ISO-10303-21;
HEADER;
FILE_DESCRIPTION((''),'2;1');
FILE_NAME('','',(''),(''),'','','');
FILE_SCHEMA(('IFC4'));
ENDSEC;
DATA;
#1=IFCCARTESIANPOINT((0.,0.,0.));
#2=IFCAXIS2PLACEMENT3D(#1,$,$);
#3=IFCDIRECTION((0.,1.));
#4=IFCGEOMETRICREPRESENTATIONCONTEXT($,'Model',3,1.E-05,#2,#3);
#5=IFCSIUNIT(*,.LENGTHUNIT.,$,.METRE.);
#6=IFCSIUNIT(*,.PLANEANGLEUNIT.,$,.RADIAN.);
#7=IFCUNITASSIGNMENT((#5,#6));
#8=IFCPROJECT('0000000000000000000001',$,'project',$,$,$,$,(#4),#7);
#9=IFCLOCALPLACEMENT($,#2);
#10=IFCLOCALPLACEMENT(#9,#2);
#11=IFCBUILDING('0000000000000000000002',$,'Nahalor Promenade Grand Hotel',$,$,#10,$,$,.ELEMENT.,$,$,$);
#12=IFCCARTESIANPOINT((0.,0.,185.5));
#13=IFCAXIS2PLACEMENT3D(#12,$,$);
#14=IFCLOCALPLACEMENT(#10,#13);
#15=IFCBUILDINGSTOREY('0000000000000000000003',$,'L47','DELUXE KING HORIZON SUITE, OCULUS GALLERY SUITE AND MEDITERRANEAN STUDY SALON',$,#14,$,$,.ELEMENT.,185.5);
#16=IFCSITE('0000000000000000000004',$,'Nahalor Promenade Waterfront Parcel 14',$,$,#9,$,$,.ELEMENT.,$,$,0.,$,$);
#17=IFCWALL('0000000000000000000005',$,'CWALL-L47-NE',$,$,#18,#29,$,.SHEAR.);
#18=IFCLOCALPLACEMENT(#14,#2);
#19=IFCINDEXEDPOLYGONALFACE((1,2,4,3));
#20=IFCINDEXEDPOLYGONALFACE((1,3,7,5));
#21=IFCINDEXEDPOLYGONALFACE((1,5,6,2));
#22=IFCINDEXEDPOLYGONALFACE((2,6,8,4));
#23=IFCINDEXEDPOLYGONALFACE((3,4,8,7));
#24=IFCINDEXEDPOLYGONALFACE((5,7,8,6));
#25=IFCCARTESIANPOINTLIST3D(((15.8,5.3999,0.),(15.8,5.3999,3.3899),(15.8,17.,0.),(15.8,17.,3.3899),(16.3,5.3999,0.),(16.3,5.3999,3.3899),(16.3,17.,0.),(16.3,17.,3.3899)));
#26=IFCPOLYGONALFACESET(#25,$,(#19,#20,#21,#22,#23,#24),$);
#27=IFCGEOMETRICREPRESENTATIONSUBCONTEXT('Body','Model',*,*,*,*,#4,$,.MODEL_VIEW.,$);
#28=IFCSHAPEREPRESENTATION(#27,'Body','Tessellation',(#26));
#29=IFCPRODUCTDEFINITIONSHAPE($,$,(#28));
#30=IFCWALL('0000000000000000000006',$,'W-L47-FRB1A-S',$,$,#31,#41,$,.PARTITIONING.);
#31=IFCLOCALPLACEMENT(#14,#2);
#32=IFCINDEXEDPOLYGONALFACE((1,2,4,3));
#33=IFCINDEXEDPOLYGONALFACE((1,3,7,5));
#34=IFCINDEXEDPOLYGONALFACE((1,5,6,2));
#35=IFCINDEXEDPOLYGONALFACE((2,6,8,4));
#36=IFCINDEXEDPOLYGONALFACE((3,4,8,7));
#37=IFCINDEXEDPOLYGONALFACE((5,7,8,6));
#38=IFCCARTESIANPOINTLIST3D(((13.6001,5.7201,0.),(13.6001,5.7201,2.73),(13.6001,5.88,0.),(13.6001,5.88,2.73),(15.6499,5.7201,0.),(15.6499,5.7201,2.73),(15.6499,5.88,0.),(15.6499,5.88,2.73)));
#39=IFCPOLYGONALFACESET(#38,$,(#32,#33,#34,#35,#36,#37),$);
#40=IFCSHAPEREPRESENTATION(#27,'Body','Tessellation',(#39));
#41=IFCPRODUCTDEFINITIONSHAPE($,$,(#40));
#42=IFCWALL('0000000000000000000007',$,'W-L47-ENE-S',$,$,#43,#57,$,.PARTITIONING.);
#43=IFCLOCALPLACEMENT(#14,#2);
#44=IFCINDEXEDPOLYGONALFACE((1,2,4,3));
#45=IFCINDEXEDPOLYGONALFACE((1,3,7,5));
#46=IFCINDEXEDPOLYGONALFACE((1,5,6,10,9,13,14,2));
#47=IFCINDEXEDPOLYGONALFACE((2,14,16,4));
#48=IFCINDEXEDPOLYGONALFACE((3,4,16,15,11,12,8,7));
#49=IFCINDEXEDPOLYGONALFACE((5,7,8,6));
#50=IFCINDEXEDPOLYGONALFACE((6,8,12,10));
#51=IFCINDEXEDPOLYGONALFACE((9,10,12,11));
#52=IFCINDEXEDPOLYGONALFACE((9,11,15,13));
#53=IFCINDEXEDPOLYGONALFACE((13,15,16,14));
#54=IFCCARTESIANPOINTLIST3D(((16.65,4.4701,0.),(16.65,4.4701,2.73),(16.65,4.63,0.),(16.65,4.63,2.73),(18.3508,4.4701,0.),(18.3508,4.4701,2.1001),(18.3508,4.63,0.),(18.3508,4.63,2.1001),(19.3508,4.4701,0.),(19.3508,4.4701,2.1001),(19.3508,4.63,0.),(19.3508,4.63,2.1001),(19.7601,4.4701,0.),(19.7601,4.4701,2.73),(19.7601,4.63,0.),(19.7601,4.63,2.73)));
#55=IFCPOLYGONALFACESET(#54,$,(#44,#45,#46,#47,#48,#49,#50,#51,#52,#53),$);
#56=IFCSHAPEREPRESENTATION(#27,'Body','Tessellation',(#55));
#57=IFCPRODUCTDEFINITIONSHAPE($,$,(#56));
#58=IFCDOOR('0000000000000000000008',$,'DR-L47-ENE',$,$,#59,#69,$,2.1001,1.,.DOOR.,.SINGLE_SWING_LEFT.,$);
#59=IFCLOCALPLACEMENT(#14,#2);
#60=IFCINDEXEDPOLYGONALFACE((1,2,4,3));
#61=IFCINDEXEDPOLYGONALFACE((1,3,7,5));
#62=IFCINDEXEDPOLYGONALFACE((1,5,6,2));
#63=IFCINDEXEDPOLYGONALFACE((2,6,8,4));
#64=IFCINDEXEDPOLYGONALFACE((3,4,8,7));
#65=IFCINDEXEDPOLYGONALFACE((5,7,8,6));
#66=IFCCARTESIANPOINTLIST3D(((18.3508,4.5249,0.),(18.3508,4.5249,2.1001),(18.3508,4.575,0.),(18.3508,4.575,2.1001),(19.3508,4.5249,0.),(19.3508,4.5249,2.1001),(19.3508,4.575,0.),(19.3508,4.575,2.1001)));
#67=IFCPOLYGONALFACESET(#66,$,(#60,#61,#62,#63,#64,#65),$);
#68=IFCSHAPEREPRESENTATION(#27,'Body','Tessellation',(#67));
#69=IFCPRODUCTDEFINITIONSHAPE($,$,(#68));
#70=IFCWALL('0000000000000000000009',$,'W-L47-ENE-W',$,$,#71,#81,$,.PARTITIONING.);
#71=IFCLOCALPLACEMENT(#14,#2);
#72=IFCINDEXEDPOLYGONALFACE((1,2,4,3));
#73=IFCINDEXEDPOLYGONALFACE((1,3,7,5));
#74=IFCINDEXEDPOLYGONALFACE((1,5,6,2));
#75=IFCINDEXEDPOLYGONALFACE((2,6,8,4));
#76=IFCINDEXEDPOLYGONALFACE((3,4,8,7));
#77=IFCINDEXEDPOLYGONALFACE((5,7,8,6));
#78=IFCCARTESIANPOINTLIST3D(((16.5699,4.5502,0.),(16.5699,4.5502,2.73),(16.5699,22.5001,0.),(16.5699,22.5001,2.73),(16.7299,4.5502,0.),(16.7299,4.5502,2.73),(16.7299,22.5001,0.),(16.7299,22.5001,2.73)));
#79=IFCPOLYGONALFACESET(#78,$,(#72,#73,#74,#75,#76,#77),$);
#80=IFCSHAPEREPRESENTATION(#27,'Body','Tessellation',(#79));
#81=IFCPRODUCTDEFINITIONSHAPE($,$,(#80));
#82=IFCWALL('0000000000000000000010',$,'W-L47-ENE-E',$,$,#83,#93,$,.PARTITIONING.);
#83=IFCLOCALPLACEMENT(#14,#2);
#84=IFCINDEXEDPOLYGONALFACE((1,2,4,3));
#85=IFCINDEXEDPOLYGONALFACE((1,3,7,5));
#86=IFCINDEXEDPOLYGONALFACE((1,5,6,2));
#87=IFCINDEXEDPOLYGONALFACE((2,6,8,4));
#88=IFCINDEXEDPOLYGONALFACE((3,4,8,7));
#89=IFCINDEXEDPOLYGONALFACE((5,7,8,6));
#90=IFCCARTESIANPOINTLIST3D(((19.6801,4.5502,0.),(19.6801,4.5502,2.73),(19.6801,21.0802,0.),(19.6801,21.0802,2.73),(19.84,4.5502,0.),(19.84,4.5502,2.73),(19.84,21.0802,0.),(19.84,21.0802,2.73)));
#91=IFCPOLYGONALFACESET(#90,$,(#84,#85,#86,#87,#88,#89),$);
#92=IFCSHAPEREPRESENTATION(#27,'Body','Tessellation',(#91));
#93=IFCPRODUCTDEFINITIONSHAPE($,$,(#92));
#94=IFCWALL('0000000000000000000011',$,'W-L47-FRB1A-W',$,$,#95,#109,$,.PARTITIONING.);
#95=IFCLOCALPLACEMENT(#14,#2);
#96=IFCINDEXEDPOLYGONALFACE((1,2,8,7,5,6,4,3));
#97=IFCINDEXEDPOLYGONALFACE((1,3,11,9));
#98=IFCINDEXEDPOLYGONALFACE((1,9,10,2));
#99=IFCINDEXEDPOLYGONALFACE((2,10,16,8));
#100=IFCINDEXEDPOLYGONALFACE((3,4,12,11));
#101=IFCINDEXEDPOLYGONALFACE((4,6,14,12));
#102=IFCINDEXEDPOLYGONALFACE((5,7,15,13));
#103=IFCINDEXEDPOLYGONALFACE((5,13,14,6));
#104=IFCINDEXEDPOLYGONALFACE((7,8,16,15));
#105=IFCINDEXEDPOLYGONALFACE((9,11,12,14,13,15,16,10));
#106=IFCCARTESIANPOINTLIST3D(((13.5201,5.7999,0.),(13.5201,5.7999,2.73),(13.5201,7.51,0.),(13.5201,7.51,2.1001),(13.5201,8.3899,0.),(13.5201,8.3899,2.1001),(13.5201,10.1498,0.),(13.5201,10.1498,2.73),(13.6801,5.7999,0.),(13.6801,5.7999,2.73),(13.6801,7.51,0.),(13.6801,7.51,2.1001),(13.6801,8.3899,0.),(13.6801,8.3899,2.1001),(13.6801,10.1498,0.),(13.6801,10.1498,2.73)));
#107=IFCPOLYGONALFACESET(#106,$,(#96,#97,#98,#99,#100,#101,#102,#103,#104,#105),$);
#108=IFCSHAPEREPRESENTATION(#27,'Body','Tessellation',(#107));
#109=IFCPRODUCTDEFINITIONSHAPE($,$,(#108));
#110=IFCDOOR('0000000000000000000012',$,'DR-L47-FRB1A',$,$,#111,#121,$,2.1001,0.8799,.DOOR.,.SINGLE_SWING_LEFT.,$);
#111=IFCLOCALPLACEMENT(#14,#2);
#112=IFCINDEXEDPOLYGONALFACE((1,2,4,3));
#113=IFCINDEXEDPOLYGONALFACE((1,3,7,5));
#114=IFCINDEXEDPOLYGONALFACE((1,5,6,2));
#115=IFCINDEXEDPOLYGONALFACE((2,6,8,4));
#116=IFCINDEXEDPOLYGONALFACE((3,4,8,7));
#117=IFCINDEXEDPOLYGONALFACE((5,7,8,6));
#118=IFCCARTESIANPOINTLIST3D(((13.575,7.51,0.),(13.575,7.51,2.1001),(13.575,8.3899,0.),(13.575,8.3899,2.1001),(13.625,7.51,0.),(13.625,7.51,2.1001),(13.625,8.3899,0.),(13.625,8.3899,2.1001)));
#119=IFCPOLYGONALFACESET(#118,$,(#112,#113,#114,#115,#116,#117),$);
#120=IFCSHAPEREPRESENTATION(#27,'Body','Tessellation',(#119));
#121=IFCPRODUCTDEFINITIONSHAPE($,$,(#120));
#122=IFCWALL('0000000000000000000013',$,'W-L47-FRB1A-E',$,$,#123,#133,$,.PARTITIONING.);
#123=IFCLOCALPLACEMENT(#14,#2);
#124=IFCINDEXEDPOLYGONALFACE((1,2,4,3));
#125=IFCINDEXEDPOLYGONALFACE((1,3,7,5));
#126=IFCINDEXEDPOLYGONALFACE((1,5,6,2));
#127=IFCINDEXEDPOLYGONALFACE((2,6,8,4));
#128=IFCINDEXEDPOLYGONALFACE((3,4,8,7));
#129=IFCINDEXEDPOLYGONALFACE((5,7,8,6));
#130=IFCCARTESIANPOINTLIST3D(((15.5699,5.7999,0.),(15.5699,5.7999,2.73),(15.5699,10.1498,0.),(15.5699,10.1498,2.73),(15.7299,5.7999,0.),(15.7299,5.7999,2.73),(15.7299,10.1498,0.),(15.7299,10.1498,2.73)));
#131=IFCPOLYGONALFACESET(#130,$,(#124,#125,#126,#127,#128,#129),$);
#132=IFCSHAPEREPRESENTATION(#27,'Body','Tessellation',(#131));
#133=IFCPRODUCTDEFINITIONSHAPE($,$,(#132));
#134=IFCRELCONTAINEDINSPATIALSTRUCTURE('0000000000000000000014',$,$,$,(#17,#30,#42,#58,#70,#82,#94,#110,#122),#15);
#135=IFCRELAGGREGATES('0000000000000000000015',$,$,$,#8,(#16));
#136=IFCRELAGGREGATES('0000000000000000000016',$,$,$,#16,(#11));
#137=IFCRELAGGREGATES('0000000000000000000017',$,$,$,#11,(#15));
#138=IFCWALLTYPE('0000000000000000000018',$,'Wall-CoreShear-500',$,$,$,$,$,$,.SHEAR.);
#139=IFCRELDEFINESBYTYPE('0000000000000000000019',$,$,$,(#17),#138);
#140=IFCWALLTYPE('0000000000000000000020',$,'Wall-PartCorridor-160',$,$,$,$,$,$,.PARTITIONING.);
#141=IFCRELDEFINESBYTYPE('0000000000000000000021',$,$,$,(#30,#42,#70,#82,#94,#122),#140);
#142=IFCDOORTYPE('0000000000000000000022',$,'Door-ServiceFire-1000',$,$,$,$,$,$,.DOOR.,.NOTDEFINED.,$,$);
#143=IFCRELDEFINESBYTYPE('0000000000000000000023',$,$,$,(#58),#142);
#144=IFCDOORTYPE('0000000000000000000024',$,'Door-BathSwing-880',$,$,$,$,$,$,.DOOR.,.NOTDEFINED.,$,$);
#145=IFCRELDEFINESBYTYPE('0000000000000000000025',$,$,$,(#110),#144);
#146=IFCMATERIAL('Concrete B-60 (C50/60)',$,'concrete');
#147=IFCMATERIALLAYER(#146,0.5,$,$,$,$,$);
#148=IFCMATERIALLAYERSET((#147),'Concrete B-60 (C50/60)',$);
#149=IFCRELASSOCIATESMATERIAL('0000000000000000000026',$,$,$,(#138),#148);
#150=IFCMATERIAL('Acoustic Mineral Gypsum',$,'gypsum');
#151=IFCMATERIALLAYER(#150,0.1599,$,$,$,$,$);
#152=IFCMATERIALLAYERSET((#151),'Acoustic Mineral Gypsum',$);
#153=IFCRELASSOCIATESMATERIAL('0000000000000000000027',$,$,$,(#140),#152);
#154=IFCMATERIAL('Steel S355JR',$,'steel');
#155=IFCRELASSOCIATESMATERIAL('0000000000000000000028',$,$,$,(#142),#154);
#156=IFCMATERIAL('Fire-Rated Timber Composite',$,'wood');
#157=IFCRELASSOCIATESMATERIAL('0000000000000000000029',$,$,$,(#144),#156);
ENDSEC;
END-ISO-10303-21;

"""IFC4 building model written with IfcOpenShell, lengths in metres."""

from ifc_helpers import new_model, si_unit, direction, frame, frame_2d, origin, place, context, subcontext, project, spatial, rectangle, extrude, source, transform, mapped, material, layer, layer_set, type_object, element, fill, save


model = new_model("IFC4")

# Units and contexts
model_context = context("Model", 3, precision=1e-05, world=origin(), true_north=direction((0.0, 1.0)))
body_context = subcontext(model_context, "Body", "Model", "MODEL_VIEW")
ifc_project = project(units=[si_unit("LENGTHUNIT", "METRE"), si_unit("PLANEANGLEUNIT", "RADIAN")], contexts=[model_context])

# Site, building, storey
site_placement = place(None, origin())
site = spatial("IfcSite", under=ifc_project, at=site_placement, Name="Nahalor Promenade Waterfront Parcel 14", CompositionType="ELEMENT", RefElevation=0.0)
building_placement = place(site_placement, origin())
building = spatial("IfcBuilding", under=site, at=building_placement, Name="Nahalor Promenade Grand Hotel", CompositionType="ELEMENT")
storey_placement = place(building_placement, frame((0.0, 0.0, 185.5)))
storey = spatial("IfcBuildingStorey", under=building, at=storey_placement, Name="L47", Description="DELUXE KING HORIZON SUITE, OCULUS GALLERY SUITE AND MEDITERRANEAN STUDY SALON", CompositionType="ELEMENT", Elevation=185.5)

# Shared definitions
ifc_material_1 = material(Name="Steel S355JR", Category="steel")

# Walls
ifc_material_2 = material(Name="Concrete B-60 (C50/60)", Category="concrete")
ifc_layer_1 = layer(ifc_material_2, 0.5)
ifc_layer_set_1 = layer_set([ifc_layer_1], Name="Concrete B-60 (C50/60)")
wall_type_1 = type_object("IfcWallType", Name="Wall-CoreShear-500", PredefinedType="SHEAR", material=ifc_layer_set_1)
shared_shape_1 = source(origin(), body_context, "Body", "SweptSolid", [
    extrude(rectangle(XDim=11.6001, YDim=0.5, at=frame_2d((5.8, 0.0))), origin(), (0.0, 0.0, 1.0), 3.3899),
])
wall_1_placement = place(storey_placement, frame((16.05, 5.3999, 0.0), z_axis=(0.0, 0.0, 1.0), x_axis=(0.0, 1.0, 0.0)))
element("IfcWall", 1, at=wall_1_placement, inside=storey, type_object=wall_type_1, Name="CWALL-L47-NE", PredefinedType="SHEAR", context=body_context, shape_type="MappedRepresentation", body=[
    mapped(shared_shape_1, transform((0.0, 0.0, 0.0), scale=1.0)),
])
ifc_material_3 = material(Name="Acoustic Mineral Gypsum", Category="gypsum")
ifc_layer_2 = layer(ifc_material_3, 0.1599)
ifc_layer_set_2 = layer_set([ifc_layer_2], Name="Acoustic Mineral Gypsum")
wall_type_2 = type_object("IfcWallType", Name="Wall-PartCorridor-160", PredefinedType="PARTITIONING", material=ifc_layer_set_2)
shared_shape_2 = source(origin(), body_context, "Body", "SweptSolid", [
    extrude(rectangle(XDim=2.0498, YDim=0.1599, at=frame_2d((1.0249, 0.0))), origin(), (0.0, 0.0, 1.0), 2.73),
])
wall_2_placement = place(storey_placement, frame((13.6001, 5.8, 0.0), z_axis=(0.0, 0.0, 1.0), x_axis=(1.0, 0.0, 0.0)))
element("IfcWall", 2, at=wall_2_placement, inside=storey, type_object=wall_type_2, Name="W-L47-FRB1A-S", PredefinedType="PARTITIONING", context=body_context, shape_type="MappedRepresentation", body=[
    mapped(shared_shape_2, transform((0.0, 0.0, 0.0), scale=1.0)),
])

# Wall, opening, door
shared_shape_3 = source(origin(), body_context, "Body", "SweptSolid", [
    extrude(rectangle(XDim=3.1101, YDim=0.1599, at=frame_2d((1.5552, 0.0))), origin(), (0.0, 0.0, 1.0), 2.73),
])
wall_3_placement = place(storey_placement, frame((16.6499, 4.55, 0.0), z_axis=(0.0, 0.0, 1.0), x_axis=(1.0, 0.0, 0.0)))
wall_3 = element("IfcWall", 3, at=wall_3_placement, inside=storey, type_object=wall_type_2, Name="W-L47-ENE-S", PredefinedType="PARTITIONING", context=body_context, shape_type="MappedRepresentation", body=[
    mapped(shared_shape_3, transform((0.0, 0.0, 0.0), scale=1.0)),
])
opening_1_placement = place(wall_3_placement, frame((1.7009, 0.0, 0.0)))
opening_1 = element("IfcOpeningElement", 4, at=opening_1_placement, cuts=wall_3, PredefinedType="OPENING", context=body_context, shape_type="SweptSolid", body=[
    extrude(rectangle(XDim=1.0, YDim=2.1001, at=frame_2d((0.5, 1.05))), frame((0.0, 0.0898, 0.0), z_axis=(0.0, -1.0, 0.0), x_axis=(1.0, 0.0, 0.0)), (0.0, 0.0, 1.0), 0.1799),
])
door_type_1 = type_object("IfcDoorType", Name="Door-ServiceFire-1000", OperationType="NOTDEFINED", PredefinedType="DOOR", material=ifc_material_1)
shared_shape_4 = source(origin(), body_context, "Body", "SweptSolid", [
    extrude(rectangle(XDim=1.0, YDim=2.1001, at=frame_2d((0.5, 1.05))), frame((0.0, 0.0249, 0.0), z_axis=(0.0, -1.0, 0.0), x_axis=(1.0, 0.0, 0.0)), (0.0, 0.0, 1.0), 0.05),
])
door_1_placement = place(opening_1_placement, origin())
door_1 = element("IfcDoor", 5, at=door_1_placement, inside=storey, type_object=door_type_1, Name="DR-L47-ENE", OperationType="SINGLE_SWING_LEFT", OverallHeight=2.1001, OverallWidth=1.0, PredefinedType="DOOR", context=body_context, shape_type="MappedRepresentation", body=[
    mapped(shared_shape_4, transform((0.0, 0.0, 0.0), scale=1.0)),
])
fill(opening_1, door_1)

# Walls
shared_shape_5 = source(origin(), body_context, "Body", "SweptSolid", [
    extrude(rectangle(XDim=17.95, YDim=0.1599, at=frame_2d((8.9751, 0.0))), origin(), (0.0, 0.0, 1.0), 2.73),
])
wall_4_placement = place(storey_placement, frame((16.6499, 4.55, 0.0), z_axis=(0.0, 0.0, 1.0), x_axis=(0.0, 1.0, 0.0)))
element("IfcWall", 6, at=wall_4_placement, inside=storey, type_object=wall_type_2, Name="W-L47-ENE-W", PredefinedType="PARTITIONING", context=body_context, shape_type="MappedRepresentation", body=[
    mapped(shared_shape_5, transform((0.0, 0.0, 0.0), scale=1.0)),
])
shared_shape_6 = source(origin(), body_context, "Body", "SweptSolid", [
    extrude(rectangle(XDim=16.53, YDim=0.1599, at=frame_2d((8.2651, 0.0))), origin(), (0.0, 0.0, 1.0), 2.73),
])
wall_5_placement = place(storey_placement, frame((19.76, 4.55, 0.0), z_axis=(0.0, 0.0, 1.0), x_axis=(0.0, 1.0, 0.0)))
element("IfcWall", 7, at=wall_5_placement, inside=storey, type_object=wall_type_2, Name="W-L47-ENE-E", PredefinedType="PARTITIONING", context=body_context, shape_type="MappedRepresentation", body=[
    mapped(shared_shape_6, transform((0.0, 0.0, 0.0), scale=1.0)),
])

# Wall, opening, door
shared_shape_7 = source(origin(), body_context, "Body", "SweptSolid", [
    extrude(rectangle(XDim=4.3499, YDim=0.1599, at=frame_2d((2.1748, 0.0))), origin(), (0.0, 0.0, 1.0), 2.73),
])
wall_6_placement = place(storey_placement, frame((13.6001, 5.8, 0.0), z_axis=(0.0, 0.0, 1.0), x_axis=(0.0, 1.0, 0.0)))
wall_6 = element("IfcWall", 8, at=wall_6_placement, inside=storey, type_object=wall_type_2, Name="W-L47-FRB1A-W", PredefinedType="PARTITIONING", context=body_context, shape_type="MappedRepresentation", body=[
    mapped(shared_shape_7, transform((0.0, 0.0, 0.0), scale=1.0)),
])
opening_2_placement = place(wall_6_placement, frame((1.71, 0.0, 0.0)))
opening_2 = element("IfcOpeningElement", 9, at=opening_2_placement, cuts=wall_6, PredefinedType="OPENING", context=body_context, shape_type="SweptSolid", body=[
    extrude(rectangle(XDim=0.8799, YDim=2.1001, at=frame_2d((0.4399, 1.05))), frame((0.0, 0.0898, 0.0), z_axis=(0.0, -1.0, 0.0), x_axis=(1.0, 0.0, 0.0)), (0.0, 0.0, 1.0), 0.1799),
])
ifc_material_4 = material(Name="Fire-Rated Timber Composite", Category="wood")
door_type_2 = type_object("IfcDoorType", Name="Door-BathSwing-880", OperationType="NOTDEFINED", PredefinedType="DOOR", material=ifc_material_4)
shared_shape_8 = source(origin(), body_context, "Body", "SweptSolid", [
    extrude(rectangle(XDim=0.8799, YDim=2.1001, at=frame_2d((0.4399, 1.05))), frame((0.0, 0.0249, 0.0), z_axis=(0.0, -1.0, 0.0), x_axis=(1.0, 0.0, 0.0)), (0.0, 0.0, 1.0), 0.05),
])
door_2_placement = place(opening_2_placement, frame((0.8799, 0.0, 0.0), z_axis=(0.0, 0.0, 1.0), x_axis=(-1.0, 0.0, 0.0)))
door_2 = element("IfcDoor", 10, at=door_2_placement, inside=storey, type_object=door_type_2, Name="DR-L47-FRB1A", OperationType="SINGLE_SWING_LEFT", OverallHeight=2.1001, OverallWidth=0.8799, PredefinedType="DOOR", context=body_context, shape_type="MappedRepresentation", body=[
    mapped(shared_shape_8, transform((0.0, 0.0, 0.0), scale=1.0)),
])
fill(opening_2, door_2)

# Wall
wall_7_placement = place(storey_placement, frame((15.6499, 5.8, 0.0), z_axis=(0.0, 0.0, 1.0), x_axis=(0.0, 1.0, 0.0)))
element("IfcWall", 11, at=wall_7_placement, inside=storey, type_object=wall_type_2, Name="W-L47-FRB1A-E", PredefinedType="PARTITIONING", context=body_context, shape_type="MappedRepresentation", body=[
    mapped(shared_shape_7, transform((0.0, 0.0, 0.0), scale=1.0)),
])

save(model, "model.ifc")
